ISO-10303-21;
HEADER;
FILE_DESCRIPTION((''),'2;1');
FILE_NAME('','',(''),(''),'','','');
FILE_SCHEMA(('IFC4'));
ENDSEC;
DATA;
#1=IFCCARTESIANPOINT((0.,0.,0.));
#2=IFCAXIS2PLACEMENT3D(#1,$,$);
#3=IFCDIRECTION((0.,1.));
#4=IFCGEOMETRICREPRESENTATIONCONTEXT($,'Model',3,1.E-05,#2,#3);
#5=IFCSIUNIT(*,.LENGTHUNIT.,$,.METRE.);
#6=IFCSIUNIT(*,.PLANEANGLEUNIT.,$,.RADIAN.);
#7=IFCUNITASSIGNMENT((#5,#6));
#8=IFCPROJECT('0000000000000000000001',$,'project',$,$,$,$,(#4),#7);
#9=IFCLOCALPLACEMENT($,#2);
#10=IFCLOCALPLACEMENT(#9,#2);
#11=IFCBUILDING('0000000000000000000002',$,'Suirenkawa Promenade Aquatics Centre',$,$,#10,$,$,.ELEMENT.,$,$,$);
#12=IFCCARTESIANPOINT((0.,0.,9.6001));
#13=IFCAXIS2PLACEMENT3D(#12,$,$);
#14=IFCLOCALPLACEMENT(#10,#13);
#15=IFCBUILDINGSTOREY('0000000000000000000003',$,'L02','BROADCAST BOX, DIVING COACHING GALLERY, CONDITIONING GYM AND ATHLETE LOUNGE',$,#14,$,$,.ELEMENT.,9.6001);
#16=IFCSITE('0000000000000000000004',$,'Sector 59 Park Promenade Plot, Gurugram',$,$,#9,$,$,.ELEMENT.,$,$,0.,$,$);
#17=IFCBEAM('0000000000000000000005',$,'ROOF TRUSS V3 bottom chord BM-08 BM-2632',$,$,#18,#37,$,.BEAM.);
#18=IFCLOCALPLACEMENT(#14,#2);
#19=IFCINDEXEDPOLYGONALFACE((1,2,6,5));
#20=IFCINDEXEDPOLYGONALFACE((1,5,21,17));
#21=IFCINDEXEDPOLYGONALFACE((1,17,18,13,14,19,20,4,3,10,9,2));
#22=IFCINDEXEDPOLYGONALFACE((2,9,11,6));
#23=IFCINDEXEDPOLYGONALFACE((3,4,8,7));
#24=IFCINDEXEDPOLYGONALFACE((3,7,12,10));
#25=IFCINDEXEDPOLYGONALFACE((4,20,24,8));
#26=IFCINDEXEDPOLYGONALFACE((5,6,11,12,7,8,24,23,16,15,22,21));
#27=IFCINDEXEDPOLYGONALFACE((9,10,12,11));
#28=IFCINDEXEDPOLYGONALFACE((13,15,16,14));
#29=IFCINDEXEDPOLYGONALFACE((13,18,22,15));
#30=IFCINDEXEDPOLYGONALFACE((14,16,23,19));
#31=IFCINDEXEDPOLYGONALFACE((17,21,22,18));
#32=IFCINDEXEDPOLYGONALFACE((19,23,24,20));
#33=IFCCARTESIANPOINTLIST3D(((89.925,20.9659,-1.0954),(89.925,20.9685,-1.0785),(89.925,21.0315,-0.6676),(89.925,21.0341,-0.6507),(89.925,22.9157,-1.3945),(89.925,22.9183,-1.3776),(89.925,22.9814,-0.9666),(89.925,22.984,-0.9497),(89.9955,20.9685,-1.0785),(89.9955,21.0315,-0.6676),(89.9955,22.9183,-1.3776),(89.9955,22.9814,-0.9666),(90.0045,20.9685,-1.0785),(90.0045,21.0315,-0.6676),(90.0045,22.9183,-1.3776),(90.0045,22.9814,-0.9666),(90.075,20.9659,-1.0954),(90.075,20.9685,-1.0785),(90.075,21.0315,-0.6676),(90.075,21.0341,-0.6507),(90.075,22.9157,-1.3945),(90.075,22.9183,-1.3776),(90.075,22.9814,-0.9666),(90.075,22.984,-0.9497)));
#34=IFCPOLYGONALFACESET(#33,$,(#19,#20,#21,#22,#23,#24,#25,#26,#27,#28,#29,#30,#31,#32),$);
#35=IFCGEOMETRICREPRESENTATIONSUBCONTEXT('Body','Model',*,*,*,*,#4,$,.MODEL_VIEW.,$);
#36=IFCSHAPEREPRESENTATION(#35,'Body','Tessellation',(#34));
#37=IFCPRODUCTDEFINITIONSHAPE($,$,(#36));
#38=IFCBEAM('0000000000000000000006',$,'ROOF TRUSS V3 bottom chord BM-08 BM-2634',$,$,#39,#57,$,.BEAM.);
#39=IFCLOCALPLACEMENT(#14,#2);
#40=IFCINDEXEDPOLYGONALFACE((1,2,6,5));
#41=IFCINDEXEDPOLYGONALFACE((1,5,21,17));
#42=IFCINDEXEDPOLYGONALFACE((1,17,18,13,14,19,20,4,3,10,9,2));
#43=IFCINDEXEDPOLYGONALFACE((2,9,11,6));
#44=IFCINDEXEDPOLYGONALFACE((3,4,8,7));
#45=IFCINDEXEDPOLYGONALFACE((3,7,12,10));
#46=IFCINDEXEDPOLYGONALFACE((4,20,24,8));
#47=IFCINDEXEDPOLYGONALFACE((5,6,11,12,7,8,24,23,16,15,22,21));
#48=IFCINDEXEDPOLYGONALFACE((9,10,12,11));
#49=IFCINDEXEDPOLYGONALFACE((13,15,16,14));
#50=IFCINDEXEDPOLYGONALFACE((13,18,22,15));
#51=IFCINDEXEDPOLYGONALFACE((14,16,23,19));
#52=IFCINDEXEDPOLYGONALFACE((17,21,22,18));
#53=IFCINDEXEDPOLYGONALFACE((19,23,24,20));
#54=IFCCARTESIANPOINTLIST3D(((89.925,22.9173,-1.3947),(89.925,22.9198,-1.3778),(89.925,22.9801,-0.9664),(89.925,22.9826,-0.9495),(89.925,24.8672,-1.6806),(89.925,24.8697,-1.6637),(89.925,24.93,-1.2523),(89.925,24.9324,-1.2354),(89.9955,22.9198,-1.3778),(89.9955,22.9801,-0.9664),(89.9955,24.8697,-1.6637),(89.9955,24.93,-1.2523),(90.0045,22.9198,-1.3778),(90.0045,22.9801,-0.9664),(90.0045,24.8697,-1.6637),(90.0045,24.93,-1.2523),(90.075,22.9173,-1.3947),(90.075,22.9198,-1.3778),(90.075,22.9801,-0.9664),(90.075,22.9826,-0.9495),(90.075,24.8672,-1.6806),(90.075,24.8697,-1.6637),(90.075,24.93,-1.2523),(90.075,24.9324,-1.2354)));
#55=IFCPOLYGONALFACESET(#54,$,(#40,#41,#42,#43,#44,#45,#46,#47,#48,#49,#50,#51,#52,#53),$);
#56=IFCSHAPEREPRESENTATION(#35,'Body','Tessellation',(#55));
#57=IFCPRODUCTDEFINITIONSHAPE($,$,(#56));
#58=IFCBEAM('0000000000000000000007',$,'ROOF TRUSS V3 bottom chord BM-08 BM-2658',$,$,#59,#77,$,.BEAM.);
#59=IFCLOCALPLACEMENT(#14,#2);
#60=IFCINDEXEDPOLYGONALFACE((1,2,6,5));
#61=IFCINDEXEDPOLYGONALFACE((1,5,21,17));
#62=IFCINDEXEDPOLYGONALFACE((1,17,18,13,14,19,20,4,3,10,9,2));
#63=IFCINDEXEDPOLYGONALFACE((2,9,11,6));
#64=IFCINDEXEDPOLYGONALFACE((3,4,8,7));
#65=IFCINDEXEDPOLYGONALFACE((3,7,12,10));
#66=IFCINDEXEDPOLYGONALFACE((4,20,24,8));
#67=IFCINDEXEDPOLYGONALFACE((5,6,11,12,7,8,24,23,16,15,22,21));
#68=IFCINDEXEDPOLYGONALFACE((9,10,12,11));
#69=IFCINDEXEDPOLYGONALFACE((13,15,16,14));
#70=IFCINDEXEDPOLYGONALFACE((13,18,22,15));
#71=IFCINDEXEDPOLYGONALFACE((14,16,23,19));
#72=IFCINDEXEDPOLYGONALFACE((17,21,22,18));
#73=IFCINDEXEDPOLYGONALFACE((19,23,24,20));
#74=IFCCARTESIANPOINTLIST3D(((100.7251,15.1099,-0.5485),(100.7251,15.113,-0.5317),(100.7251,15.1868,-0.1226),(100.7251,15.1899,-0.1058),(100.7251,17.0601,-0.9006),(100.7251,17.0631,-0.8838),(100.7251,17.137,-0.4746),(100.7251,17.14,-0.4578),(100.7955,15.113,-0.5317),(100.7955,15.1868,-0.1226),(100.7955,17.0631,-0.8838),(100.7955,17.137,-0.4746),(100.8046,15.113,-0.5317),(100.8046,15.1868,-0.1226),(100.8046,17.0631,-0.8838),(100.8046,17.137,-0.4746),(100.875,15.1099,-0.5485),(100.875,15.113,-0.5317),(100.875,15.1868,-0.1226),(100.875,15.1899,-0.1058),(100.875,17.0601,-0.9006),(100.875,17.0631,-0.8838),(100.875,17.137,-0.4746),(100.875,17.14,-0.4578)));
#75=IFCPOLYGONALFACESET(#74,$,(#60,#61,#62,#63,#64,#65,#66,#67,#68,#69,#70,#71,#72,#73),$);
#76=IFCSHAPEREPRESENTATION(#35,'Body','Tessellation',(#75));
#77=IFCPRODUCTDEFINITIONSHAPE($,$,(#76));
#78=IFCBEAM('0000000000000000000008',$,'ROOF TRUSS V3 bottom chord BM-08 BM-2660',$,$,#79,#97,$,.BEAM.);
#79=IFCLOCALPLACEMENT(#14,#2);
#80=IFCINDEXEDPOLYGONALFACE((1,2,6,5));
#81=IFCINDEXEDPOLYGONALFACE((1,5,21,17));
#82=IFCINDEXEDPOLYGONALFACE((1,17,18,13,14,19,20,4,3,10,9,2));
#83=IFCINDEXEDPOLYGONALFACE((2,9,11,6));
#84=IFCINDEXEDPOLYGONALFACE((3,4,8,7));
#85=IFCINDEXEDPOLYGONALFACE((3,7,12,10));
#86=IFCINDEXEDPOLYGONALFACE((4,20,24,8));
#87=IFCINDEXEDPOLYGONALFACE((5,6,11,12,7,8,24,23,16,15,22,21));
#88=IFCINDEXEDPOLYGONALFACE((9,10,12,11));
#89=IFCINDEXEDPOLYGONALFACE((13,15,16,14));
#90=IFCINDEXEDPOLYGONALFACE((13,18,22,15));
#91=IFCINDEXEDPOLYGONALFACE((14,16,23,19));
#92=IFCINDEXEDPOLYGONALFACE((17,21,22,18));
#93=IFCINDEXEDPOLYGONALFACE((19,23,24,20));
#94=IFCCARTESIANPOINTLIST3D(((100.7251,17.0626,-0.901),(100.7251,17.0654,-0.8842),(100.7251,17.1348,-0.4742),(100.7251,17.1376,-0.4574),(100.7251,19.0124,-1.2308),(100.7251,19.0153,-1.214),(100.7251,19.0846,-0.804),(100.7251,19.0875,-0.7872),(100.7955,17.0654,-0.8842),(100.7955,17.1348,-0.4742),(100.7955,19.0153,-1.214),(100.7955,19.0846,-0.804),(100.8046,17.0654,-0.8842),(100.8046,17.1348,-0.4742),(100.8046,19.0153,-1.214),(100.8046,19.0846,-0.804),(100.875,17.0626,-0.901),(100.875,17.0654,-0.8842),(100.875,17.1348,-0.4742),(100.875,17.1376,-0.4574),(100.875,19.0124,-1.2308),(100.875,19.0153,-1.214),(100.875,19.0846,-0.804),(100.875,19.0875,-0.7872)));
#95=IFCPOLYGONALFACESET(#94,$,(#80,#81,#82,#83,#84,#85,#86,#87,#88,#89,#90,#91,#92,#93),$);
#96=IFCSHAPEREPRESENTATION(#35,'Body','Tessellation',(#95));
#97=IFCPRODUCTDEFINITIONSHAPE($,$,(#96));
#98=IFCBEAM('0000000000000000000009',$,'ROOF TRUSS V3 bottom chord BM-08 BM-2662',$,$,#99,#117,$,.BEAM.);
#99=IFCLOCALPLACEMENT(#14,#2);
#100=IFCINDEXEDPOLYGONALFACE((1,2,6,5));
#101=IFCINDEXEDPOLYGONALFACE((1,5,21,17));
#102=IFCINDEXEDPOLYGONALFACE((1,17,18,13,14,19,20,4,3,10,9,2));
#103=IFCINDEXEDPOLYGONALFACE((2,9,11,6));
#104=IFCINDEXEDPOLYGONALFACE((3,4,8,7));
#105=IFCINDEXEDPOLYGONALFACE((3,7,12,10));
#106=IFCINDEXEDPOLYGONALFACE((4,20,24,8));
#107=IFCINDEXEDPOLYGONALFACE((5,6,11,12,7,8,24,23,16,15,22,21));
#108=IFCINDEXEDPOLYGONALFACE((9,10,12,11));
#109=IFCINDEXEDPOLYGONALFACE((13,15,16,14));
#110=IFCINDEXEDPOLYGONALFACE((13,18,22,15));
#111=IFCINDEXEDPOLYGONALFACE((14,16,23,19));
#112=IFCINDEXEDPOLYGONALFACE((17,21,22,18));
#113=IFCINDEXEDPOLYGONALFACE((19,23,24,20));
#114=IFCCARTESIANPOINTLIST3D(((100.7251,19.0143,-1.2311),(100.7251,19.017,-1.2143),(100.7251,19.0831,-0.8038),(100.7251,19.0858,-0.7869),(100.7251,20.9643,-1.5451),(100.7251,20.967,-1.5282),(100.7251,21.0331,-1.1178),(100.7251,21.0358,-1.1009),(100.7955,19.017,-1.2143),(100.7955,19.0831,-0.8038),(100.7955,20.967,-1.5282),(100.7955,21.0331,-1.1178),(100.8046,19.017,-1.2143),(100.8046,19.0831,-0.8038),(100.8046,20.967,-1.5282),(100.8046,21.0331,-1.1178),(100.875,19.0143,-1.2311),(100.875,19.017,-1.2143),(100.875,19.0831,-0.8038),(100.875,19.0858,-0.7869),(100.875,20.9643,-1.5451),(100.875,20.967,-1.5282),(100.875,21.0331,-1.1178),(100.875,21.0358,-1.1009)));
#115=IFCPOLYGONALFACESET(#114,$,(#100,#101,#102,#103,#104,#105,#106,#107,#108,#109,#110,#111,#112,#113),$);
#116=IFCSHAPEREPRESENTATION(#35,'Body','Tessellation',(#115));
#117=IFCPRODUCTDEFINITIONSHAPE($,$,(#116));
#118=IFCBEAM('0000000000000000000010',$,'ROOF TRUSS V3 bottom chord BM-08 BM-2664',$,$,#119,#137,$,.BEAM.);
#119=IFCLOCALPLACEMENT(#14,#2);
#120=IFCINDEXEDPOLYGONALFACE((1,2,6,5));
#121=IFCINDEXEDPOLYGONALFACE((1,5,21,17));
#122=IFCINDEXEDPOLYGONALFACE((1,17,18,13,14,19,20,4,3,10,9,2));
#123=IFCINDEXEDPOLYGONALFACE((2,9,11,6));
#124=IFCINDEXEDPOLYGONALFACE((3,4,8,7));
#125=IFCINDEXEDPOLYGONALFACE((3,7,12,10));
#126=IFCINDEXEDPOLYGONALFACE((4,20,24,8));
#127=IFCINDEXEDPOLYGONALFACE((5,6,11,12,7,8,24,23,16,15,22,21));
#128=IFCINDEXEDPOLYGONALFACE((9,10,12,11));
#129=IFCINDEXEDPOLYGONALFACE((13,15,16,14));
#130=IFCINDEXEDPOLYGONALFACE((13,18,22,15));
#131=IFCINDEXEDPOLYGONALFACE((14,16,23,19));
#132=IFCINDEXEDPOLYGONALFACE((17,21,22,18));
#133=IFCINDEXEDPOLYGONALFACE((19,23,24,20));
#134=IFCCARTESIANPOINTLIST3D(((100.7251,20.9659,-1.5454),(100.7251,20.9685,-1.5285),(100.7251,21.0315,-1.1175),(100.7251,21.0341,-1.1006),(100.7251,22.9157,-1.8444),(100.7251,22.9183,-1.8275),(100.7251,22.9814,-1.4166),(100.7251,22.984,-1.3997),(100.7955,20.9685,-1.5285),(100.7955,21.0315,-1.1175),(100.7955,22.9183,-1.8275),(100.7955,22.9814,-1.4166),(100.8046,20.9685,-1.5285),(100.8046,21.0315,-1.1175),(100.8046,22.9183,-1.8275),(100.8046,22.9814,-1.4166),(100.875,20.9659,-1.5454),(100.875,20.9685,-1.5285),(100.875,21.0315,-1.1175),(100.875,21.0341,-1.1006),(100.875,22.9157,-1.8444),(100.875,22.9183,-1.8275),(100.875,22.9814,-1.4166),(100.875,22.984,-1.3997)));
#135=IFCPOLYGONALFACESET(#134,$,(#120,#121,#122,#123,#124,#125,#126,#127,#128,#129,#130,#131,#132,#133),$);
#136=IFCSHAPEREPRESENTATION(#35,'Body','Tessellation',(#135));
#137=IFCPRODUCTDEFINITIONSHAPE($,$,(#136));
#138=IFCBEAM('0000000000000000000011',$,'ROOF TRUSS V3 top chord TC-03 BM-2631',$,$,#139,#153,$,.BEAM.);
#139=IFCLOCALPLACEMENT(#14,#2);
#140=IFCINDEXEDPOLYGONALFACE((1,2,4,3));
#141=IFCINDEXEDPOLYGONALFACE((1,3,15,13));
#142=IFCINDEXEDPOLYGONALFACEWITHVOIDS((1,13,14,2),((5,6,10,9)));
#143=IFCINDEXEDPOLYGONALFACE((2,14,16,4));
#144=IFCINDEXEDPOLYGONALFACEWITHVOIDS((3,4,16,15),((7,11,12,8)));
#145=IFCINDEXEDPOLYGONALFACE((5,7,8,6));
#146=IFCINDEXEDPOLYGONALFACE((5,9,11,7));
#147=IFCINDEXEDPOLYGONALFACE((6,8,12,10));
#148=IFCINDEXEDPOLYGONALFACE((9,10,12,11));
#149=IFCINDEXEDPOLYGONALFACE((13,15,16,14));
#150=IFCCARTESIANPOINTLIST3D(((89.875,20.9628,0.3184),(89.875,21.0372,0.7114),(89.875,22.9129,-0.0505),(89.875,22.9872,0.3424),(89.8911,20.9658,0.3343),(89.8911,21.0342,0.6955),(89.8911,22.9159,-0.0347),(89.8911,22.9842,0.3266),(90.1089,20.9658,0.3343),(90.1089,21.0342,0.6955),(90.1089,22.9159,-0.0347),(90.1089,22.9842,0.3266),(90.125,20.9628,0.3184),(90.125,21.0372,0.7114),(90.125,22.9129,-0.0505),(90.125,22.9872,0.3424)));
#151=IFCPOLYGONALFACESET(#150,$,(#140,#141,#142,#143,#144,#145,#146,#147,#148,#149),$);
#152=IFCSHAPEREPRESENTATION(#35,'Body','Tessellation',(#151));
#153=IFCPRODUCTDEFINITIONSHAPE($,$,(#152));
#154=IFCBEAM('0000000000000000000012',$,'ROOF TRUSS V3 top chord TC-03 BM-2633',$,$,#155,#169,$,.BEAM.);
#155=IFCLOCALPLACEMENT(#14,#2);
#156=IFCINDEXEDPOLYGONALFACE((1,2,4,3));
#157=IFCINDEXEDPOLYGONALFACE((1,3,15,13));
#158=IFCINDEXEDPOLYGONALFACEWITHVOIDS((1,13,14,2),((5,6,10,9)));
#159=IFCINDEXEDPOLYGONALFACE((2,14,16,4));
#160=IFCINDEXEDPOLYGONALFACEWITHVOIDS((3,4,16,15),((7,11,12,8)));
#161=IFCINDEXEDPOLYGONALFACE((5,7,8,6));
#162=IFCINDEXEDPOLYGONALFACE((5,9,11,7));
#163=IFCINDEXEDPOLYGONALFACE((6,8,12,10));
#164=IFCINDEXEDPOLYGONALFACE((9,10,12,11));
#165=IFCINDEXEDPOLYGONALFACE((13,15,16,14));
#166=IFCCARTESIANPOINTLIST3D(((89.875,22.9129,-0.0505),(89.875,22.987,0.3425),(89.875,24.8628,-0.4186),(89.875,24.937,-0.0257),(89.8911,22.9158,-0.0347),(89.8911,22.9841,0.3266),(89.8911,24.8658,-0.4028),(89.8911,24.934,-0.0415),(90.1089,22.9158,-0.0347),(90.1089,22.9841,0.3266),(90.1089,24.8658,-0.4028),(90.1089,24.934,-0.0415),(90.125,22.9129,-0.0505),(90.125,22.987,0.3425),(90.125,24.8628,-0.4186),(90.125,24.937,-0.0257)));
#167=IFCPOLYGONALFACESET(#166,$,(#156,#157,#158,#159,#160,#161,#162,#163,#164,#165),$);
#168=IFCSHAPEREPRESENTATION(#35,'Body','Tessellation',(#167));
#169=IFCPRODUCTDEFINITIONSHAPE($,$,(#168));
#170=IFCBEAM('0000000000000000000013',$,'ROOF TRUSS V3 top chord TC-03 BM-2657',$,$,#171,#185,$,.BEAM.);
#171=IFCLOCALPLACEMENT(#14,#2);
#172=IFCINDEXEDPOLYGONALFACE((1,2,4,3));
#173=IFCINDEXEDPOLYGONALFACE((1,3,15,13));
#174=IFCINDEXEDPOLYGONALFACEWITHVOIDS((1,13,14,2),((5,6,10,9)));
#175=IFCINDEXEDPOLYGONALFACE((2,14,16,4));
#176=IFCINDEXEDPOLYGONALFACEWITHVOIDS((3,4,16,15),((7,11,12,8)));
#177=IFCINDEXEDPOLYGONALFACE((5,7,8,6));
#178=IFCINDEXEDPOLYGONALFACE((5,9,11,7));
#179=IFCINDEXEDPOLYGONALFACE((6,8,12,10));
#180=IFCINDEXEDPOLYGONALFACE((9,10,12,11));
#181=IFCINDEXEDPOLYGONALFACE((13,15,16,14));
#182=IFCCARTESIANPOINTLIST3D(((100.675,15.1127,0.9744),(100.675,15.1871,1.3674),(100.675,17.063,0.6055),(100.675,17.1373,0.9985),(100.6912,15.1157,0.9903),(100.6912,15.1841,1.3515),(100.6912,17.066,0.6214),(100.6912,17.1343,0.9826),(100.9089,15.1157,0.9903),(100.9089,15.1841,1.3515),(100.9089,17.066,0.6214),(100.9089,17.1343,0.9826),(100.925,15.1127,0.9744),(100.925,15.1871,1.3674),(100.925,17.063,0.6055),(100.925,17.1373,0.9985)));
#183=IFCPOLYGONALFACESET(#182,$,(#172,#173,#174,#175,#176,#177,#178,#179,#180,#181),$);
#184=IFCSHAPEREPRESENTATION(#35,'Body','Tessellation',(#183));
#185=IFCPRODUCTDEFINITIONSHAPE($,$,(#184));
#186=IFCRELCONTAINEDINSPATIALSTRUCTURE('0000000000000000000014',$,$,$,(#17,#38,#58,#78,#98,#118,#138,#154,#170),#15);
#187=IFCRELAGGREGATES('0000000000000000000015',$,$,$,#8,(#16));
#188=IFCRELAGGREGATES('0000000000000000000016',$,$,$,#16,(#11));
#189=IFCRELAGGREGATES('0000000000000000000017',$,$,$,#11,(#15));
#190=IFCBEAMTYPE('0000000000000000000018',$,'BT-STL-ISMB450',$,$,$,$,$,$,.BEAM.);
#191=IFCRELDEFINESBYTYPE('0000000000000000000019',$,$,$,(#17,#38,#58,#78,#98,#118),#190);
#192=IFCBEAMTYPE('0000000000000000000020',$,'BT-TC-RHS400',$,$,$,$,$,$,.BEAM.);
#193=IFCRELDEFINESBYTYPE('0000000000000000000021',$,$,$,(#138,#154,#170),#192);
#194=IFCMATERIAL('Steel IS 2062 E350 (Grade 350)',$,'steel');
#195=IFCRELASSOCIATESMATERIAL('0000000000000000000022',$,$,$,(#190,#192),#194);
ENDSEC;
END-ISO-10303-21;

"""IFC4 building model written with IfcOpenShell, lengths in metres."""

from ifc_helpers import new_model, si_unit, direction, frame, origin, origin_2d, place, context, subcontext, project, spatial, hollow_rectangle, i_section, extrude, material, material_profile, profile_set, type_object, element, save


model = new_model("IFC4")

# Units and contexts
model_context = context("Model", 3, precision=1e-05, world=origin(), true_north=direction((0.0, 1.0)))
body_context = subcontext(model_context, "Body", "Model", "MODEL_VIEW")
ifc_project = project(units=[si_unit("LENGTHUNIT", "METRE"), si_unit("PLANEANGLEUNIT", "RADIAN")], contexts=[model_context])

# Site, building, storey
site_placement = place(None, origin())
site = spatial("IfcSite", under=ifc_project, at=site_placement, Name="Sector 59 Park Promenade Plot, Gurugram", CompositionType="ELEMENT", RefElevation=0.0)
building_placement = place(site_placement, origin())
building = spatial("IfcBuilding", under=site, at=building_placement, Name="Suirenkawa Promenade Aquatics Centre", CompositionType="ELEMENT")
storey_placement = place(building_placement, frame((0.0, 0.0, 9.6001)))
storey = spatial("IfcBuildingStorey", under=building, at=storey_placement, Name="L02", Description="BROADCAST BOX, DIVING COACHING GALLERY, CONDITIONING GYM AND ATHLETE LOUNGE", CompositionType="ELEMENT", Elevation=9.6001)

# Beams
ifc_material = material(Name="Steel IS 2062 E350 (Grade 350)", Category="steel")
ifc_material_profile_1 = material_profile(ifc_material, i_section(OverallWidth=0.1499, OverallDepth=0.45, WebThickness=0.009, FlangeThickness=0.0171, at=origin_2d()), Name="ISMB 450", Category="steel")
ifc_profile_set_1 = profile_set([ifc_material_profile_1], Name="Steel IS 2062 E350 (Grade 350)")
beam_type_1 = type_object("IfcBeamType", Name="BT-STL-ISMB450", PredefinedType="BEAM", material=ifc_profile_set_1)
beam_1_placement = place(storey_placement, frame((90.0, 21.0, -0.873), z_axis=(0.0, 0.988442, -0.151601), x_axis=(-1.0, 0.0, 0.0)))
element("IfcBeam", 1, at=beam_1_placement, inside=storey, type_object=beam_type_1, Name="ROOF TRUSS V3 bottom chord BM-08 BM-2632", PredefinedType="BEAM", context=body_context, shape_type="SweptSolid", body=[
    extrude(i_section(OverallWidth=0.1499, OverallDepth=0.45, WebThickness=0.009, FlangeThickness=0.0171, at=origin_2d()), origin(), (0.0, 0.0, 1.0), 1.9727),
])
beam_2_placement = place(storey_placement, frame((90.0, 22.95, -1.1721), z_axis=(0.0, 0.989423, -0.145062), x_axis=(-1.0, 0.0, 0.0)))
element("IfcBeam", 2, at=beam_2_placement, inside=storey, type_object=beam_type_1, Name="ROOF TRUSS V3 bottom chord BM-08 BM-2634", PredefinedType="BEAM", context=body_context, shape_type="SweptSolid", body=[
    extrude(i_section(OverallWidth=0.1499, OverallDepth=0.45, WebThickness=0.009, FlangeThickness=0.0171, at=origin_2d()), origin(), (0.0, 0.0, 1.0), 1.9707),
])
beam_3_placement = place(storey_placement, frame((100.8, 15.1499, -0.3271), z_axis=(0.0, 0.984094, -0.177649), x_axis=(-1.0, 0.0, 0.0)))
element("IfcBeam", 3, at=beam_3_placement, inside=storey, type_object=beam_type_1, Name="ROOF TRUSS V3 bottom chord BM-08 BM-2658", PredefinedType="BEAM", context=body_context, shape_type="SweptSolid", body=[
    extrude(i_section(OverallWidth=0.1499, OverallDepth=0.45, WebThickness=0.009, FlangeThickness=0.0171, at=origin_2d()), origin(), (0.0, 0.0, 1.0), 1.9817),
])
beam_4_placement = place(storey_placement, frame((100.8, 17.1001, -0.6792), z_axis=(0.0, 0.985994, -0.166781), x_axis=(-1.0, 0.0, 0.0)))
element("IfcBeam", 4, at=beam_4_placement, inside=storey, type_object=beam_type_1, Name="ROOF TRUSS V3 bottom chord BM-08 BM-2660", PredefinedType="BEAM", context=body_context, shape_type="SweptSolid", body=[
    extrude(i_section(OverallWidth=0.1499, OverallDepth=0.45, WebThickness=0.009, FlangeThickness=0.0171, at=origin_2d()), origin(), (0.0, 0.0, 1.0), 1.9775),
])
beam_5_placement = place(storey_placement, frame((100.8, 19.05, -1.009), z_axis=(0.0, 0.987284, -0.158964), x_axis=(-1.0, 0.0, 0.0)))
element("IfcBeam", 5, at=beam_5_placement, inside=storey, type_object=beam_type_1, Name="ROOF TRUSS V3 bottom chord BM-08 BM-2662", PredefinedType="BEAM", context=body_context, shape_type="SweptSolid", body=[
    extrude(i_section(OverallWidth=0.1499, OverallDepth=0.45, WebThickness=0.009, FlangeThickness=0.0171, at=origin_2d()), origin(), (0.0, 0.0, 1.0), 1.9751),
])
beam_6_placement = place(storey_placement, frame((100.8, 21.0, -1.323), z_axis=(0.0, 0.988442, -0.151601), x_axis=(-1.0, 0.0, 0.0)))
element("IfcBeam", 6, at=beam_6_placement, inside=storey, type_object=beam_type_1, Name="ROOF TRUSS V3 bottom chord BM-08 BM-2664", PredefinedType="BEAM", context=body_context, shape_type="SweptSolid", body=[
    extrude(i_section(OverallWidth=0.1499, OverallDepth=0.45, WebThickness=0.009, FlangeThickness=0.0171, at=origin_2d()), origin(), (0.0, 0.0, 1.0), 1.9727),
])
ifc_material_profile_2 = material_profile(ifc_material, hollow_rectangle(XDim=0.25, YDim=0.3999, WallThickness=0.0161, at=origin_2d()), Name="RHS 400x250x16", Category="steel")
ifc_profile_set_2 = profile_set([ifc_material_profile_2], Name="Steel IS 2062 E350 (Grade 350)")
beam_type_2 = type_object("IfcBeamType", Name="BT-TC-RHS400", PredefinedType="BEAM", material=ifc_profile_set_2)
beam_7_placement = place(storey_placement, frame((90.0, 21.0, 0.5149), z_axis=(0.0, 0.982571, -0.185885), x_axis=(-1.0, 0.0, 0.0)))
element("IfcBeam", 7, at=beam_7_placement, inside=storey, type_object=beam_type_2, Name="ROOF TRUSS V3 top chord TC-03 BM-2631", PredefinedType="BEAM", context=body_context, shape_type="SweptSolid", body=[
    extrude(hollow_rectangle(XDim=0.25, YDim=0.3999, WallThickness=0.0161, at=origin_2d()), origin(), (0.0, 0.0, 1.0), 1.9846),
])
beam_8_placement = place(storey_placement, frame((90.0, 22.95, 0.146), z_axis=(0.0, 0.982639, -0.185529), x_axis=(-1.0, 0.0, 0.0)))
element("IfcBeam", 8, at=beam_8_placement, inside=storey, type_object=beam_type_2, Name="ROOF TRUSS V3 top chord TC-03 BM-2633", PredefinedType="BEAM", context=body_context, shape_type="SweptSolid", body=[
    extrude(hollow_rectangle(XDim=0.25, YDim=0.3999, WallThickness=0.0161, at=origin_2d()), origin(), (0.0, 0.0, 1.0), 1.9844),
])
beam_9_placement = place(storey_placement, frame((100.8, 15.1499, 1.1709), z_axis=(0.0, 0.982576, -0.185863), x_axis=(-1.0, 0.0, 0.0)))
element("IfcBeam", 9, at=beam_9_placement, inside=storey, type_object=beam_type_2, Name="ROOF TRUSS V3 top chord TC-03 BM-2657", PredefinedType="BEAM", context=body_context, shape_type="SweptSolid", body=[
    extrude(hollow_rectangle(XDim=0.25, YDim=0.3999, WallThickness=0.0161, at=origin_2d()), origin(), (0.0, 0.0, 1.0), 1.9849),
])

save(model, "model.ifc")
